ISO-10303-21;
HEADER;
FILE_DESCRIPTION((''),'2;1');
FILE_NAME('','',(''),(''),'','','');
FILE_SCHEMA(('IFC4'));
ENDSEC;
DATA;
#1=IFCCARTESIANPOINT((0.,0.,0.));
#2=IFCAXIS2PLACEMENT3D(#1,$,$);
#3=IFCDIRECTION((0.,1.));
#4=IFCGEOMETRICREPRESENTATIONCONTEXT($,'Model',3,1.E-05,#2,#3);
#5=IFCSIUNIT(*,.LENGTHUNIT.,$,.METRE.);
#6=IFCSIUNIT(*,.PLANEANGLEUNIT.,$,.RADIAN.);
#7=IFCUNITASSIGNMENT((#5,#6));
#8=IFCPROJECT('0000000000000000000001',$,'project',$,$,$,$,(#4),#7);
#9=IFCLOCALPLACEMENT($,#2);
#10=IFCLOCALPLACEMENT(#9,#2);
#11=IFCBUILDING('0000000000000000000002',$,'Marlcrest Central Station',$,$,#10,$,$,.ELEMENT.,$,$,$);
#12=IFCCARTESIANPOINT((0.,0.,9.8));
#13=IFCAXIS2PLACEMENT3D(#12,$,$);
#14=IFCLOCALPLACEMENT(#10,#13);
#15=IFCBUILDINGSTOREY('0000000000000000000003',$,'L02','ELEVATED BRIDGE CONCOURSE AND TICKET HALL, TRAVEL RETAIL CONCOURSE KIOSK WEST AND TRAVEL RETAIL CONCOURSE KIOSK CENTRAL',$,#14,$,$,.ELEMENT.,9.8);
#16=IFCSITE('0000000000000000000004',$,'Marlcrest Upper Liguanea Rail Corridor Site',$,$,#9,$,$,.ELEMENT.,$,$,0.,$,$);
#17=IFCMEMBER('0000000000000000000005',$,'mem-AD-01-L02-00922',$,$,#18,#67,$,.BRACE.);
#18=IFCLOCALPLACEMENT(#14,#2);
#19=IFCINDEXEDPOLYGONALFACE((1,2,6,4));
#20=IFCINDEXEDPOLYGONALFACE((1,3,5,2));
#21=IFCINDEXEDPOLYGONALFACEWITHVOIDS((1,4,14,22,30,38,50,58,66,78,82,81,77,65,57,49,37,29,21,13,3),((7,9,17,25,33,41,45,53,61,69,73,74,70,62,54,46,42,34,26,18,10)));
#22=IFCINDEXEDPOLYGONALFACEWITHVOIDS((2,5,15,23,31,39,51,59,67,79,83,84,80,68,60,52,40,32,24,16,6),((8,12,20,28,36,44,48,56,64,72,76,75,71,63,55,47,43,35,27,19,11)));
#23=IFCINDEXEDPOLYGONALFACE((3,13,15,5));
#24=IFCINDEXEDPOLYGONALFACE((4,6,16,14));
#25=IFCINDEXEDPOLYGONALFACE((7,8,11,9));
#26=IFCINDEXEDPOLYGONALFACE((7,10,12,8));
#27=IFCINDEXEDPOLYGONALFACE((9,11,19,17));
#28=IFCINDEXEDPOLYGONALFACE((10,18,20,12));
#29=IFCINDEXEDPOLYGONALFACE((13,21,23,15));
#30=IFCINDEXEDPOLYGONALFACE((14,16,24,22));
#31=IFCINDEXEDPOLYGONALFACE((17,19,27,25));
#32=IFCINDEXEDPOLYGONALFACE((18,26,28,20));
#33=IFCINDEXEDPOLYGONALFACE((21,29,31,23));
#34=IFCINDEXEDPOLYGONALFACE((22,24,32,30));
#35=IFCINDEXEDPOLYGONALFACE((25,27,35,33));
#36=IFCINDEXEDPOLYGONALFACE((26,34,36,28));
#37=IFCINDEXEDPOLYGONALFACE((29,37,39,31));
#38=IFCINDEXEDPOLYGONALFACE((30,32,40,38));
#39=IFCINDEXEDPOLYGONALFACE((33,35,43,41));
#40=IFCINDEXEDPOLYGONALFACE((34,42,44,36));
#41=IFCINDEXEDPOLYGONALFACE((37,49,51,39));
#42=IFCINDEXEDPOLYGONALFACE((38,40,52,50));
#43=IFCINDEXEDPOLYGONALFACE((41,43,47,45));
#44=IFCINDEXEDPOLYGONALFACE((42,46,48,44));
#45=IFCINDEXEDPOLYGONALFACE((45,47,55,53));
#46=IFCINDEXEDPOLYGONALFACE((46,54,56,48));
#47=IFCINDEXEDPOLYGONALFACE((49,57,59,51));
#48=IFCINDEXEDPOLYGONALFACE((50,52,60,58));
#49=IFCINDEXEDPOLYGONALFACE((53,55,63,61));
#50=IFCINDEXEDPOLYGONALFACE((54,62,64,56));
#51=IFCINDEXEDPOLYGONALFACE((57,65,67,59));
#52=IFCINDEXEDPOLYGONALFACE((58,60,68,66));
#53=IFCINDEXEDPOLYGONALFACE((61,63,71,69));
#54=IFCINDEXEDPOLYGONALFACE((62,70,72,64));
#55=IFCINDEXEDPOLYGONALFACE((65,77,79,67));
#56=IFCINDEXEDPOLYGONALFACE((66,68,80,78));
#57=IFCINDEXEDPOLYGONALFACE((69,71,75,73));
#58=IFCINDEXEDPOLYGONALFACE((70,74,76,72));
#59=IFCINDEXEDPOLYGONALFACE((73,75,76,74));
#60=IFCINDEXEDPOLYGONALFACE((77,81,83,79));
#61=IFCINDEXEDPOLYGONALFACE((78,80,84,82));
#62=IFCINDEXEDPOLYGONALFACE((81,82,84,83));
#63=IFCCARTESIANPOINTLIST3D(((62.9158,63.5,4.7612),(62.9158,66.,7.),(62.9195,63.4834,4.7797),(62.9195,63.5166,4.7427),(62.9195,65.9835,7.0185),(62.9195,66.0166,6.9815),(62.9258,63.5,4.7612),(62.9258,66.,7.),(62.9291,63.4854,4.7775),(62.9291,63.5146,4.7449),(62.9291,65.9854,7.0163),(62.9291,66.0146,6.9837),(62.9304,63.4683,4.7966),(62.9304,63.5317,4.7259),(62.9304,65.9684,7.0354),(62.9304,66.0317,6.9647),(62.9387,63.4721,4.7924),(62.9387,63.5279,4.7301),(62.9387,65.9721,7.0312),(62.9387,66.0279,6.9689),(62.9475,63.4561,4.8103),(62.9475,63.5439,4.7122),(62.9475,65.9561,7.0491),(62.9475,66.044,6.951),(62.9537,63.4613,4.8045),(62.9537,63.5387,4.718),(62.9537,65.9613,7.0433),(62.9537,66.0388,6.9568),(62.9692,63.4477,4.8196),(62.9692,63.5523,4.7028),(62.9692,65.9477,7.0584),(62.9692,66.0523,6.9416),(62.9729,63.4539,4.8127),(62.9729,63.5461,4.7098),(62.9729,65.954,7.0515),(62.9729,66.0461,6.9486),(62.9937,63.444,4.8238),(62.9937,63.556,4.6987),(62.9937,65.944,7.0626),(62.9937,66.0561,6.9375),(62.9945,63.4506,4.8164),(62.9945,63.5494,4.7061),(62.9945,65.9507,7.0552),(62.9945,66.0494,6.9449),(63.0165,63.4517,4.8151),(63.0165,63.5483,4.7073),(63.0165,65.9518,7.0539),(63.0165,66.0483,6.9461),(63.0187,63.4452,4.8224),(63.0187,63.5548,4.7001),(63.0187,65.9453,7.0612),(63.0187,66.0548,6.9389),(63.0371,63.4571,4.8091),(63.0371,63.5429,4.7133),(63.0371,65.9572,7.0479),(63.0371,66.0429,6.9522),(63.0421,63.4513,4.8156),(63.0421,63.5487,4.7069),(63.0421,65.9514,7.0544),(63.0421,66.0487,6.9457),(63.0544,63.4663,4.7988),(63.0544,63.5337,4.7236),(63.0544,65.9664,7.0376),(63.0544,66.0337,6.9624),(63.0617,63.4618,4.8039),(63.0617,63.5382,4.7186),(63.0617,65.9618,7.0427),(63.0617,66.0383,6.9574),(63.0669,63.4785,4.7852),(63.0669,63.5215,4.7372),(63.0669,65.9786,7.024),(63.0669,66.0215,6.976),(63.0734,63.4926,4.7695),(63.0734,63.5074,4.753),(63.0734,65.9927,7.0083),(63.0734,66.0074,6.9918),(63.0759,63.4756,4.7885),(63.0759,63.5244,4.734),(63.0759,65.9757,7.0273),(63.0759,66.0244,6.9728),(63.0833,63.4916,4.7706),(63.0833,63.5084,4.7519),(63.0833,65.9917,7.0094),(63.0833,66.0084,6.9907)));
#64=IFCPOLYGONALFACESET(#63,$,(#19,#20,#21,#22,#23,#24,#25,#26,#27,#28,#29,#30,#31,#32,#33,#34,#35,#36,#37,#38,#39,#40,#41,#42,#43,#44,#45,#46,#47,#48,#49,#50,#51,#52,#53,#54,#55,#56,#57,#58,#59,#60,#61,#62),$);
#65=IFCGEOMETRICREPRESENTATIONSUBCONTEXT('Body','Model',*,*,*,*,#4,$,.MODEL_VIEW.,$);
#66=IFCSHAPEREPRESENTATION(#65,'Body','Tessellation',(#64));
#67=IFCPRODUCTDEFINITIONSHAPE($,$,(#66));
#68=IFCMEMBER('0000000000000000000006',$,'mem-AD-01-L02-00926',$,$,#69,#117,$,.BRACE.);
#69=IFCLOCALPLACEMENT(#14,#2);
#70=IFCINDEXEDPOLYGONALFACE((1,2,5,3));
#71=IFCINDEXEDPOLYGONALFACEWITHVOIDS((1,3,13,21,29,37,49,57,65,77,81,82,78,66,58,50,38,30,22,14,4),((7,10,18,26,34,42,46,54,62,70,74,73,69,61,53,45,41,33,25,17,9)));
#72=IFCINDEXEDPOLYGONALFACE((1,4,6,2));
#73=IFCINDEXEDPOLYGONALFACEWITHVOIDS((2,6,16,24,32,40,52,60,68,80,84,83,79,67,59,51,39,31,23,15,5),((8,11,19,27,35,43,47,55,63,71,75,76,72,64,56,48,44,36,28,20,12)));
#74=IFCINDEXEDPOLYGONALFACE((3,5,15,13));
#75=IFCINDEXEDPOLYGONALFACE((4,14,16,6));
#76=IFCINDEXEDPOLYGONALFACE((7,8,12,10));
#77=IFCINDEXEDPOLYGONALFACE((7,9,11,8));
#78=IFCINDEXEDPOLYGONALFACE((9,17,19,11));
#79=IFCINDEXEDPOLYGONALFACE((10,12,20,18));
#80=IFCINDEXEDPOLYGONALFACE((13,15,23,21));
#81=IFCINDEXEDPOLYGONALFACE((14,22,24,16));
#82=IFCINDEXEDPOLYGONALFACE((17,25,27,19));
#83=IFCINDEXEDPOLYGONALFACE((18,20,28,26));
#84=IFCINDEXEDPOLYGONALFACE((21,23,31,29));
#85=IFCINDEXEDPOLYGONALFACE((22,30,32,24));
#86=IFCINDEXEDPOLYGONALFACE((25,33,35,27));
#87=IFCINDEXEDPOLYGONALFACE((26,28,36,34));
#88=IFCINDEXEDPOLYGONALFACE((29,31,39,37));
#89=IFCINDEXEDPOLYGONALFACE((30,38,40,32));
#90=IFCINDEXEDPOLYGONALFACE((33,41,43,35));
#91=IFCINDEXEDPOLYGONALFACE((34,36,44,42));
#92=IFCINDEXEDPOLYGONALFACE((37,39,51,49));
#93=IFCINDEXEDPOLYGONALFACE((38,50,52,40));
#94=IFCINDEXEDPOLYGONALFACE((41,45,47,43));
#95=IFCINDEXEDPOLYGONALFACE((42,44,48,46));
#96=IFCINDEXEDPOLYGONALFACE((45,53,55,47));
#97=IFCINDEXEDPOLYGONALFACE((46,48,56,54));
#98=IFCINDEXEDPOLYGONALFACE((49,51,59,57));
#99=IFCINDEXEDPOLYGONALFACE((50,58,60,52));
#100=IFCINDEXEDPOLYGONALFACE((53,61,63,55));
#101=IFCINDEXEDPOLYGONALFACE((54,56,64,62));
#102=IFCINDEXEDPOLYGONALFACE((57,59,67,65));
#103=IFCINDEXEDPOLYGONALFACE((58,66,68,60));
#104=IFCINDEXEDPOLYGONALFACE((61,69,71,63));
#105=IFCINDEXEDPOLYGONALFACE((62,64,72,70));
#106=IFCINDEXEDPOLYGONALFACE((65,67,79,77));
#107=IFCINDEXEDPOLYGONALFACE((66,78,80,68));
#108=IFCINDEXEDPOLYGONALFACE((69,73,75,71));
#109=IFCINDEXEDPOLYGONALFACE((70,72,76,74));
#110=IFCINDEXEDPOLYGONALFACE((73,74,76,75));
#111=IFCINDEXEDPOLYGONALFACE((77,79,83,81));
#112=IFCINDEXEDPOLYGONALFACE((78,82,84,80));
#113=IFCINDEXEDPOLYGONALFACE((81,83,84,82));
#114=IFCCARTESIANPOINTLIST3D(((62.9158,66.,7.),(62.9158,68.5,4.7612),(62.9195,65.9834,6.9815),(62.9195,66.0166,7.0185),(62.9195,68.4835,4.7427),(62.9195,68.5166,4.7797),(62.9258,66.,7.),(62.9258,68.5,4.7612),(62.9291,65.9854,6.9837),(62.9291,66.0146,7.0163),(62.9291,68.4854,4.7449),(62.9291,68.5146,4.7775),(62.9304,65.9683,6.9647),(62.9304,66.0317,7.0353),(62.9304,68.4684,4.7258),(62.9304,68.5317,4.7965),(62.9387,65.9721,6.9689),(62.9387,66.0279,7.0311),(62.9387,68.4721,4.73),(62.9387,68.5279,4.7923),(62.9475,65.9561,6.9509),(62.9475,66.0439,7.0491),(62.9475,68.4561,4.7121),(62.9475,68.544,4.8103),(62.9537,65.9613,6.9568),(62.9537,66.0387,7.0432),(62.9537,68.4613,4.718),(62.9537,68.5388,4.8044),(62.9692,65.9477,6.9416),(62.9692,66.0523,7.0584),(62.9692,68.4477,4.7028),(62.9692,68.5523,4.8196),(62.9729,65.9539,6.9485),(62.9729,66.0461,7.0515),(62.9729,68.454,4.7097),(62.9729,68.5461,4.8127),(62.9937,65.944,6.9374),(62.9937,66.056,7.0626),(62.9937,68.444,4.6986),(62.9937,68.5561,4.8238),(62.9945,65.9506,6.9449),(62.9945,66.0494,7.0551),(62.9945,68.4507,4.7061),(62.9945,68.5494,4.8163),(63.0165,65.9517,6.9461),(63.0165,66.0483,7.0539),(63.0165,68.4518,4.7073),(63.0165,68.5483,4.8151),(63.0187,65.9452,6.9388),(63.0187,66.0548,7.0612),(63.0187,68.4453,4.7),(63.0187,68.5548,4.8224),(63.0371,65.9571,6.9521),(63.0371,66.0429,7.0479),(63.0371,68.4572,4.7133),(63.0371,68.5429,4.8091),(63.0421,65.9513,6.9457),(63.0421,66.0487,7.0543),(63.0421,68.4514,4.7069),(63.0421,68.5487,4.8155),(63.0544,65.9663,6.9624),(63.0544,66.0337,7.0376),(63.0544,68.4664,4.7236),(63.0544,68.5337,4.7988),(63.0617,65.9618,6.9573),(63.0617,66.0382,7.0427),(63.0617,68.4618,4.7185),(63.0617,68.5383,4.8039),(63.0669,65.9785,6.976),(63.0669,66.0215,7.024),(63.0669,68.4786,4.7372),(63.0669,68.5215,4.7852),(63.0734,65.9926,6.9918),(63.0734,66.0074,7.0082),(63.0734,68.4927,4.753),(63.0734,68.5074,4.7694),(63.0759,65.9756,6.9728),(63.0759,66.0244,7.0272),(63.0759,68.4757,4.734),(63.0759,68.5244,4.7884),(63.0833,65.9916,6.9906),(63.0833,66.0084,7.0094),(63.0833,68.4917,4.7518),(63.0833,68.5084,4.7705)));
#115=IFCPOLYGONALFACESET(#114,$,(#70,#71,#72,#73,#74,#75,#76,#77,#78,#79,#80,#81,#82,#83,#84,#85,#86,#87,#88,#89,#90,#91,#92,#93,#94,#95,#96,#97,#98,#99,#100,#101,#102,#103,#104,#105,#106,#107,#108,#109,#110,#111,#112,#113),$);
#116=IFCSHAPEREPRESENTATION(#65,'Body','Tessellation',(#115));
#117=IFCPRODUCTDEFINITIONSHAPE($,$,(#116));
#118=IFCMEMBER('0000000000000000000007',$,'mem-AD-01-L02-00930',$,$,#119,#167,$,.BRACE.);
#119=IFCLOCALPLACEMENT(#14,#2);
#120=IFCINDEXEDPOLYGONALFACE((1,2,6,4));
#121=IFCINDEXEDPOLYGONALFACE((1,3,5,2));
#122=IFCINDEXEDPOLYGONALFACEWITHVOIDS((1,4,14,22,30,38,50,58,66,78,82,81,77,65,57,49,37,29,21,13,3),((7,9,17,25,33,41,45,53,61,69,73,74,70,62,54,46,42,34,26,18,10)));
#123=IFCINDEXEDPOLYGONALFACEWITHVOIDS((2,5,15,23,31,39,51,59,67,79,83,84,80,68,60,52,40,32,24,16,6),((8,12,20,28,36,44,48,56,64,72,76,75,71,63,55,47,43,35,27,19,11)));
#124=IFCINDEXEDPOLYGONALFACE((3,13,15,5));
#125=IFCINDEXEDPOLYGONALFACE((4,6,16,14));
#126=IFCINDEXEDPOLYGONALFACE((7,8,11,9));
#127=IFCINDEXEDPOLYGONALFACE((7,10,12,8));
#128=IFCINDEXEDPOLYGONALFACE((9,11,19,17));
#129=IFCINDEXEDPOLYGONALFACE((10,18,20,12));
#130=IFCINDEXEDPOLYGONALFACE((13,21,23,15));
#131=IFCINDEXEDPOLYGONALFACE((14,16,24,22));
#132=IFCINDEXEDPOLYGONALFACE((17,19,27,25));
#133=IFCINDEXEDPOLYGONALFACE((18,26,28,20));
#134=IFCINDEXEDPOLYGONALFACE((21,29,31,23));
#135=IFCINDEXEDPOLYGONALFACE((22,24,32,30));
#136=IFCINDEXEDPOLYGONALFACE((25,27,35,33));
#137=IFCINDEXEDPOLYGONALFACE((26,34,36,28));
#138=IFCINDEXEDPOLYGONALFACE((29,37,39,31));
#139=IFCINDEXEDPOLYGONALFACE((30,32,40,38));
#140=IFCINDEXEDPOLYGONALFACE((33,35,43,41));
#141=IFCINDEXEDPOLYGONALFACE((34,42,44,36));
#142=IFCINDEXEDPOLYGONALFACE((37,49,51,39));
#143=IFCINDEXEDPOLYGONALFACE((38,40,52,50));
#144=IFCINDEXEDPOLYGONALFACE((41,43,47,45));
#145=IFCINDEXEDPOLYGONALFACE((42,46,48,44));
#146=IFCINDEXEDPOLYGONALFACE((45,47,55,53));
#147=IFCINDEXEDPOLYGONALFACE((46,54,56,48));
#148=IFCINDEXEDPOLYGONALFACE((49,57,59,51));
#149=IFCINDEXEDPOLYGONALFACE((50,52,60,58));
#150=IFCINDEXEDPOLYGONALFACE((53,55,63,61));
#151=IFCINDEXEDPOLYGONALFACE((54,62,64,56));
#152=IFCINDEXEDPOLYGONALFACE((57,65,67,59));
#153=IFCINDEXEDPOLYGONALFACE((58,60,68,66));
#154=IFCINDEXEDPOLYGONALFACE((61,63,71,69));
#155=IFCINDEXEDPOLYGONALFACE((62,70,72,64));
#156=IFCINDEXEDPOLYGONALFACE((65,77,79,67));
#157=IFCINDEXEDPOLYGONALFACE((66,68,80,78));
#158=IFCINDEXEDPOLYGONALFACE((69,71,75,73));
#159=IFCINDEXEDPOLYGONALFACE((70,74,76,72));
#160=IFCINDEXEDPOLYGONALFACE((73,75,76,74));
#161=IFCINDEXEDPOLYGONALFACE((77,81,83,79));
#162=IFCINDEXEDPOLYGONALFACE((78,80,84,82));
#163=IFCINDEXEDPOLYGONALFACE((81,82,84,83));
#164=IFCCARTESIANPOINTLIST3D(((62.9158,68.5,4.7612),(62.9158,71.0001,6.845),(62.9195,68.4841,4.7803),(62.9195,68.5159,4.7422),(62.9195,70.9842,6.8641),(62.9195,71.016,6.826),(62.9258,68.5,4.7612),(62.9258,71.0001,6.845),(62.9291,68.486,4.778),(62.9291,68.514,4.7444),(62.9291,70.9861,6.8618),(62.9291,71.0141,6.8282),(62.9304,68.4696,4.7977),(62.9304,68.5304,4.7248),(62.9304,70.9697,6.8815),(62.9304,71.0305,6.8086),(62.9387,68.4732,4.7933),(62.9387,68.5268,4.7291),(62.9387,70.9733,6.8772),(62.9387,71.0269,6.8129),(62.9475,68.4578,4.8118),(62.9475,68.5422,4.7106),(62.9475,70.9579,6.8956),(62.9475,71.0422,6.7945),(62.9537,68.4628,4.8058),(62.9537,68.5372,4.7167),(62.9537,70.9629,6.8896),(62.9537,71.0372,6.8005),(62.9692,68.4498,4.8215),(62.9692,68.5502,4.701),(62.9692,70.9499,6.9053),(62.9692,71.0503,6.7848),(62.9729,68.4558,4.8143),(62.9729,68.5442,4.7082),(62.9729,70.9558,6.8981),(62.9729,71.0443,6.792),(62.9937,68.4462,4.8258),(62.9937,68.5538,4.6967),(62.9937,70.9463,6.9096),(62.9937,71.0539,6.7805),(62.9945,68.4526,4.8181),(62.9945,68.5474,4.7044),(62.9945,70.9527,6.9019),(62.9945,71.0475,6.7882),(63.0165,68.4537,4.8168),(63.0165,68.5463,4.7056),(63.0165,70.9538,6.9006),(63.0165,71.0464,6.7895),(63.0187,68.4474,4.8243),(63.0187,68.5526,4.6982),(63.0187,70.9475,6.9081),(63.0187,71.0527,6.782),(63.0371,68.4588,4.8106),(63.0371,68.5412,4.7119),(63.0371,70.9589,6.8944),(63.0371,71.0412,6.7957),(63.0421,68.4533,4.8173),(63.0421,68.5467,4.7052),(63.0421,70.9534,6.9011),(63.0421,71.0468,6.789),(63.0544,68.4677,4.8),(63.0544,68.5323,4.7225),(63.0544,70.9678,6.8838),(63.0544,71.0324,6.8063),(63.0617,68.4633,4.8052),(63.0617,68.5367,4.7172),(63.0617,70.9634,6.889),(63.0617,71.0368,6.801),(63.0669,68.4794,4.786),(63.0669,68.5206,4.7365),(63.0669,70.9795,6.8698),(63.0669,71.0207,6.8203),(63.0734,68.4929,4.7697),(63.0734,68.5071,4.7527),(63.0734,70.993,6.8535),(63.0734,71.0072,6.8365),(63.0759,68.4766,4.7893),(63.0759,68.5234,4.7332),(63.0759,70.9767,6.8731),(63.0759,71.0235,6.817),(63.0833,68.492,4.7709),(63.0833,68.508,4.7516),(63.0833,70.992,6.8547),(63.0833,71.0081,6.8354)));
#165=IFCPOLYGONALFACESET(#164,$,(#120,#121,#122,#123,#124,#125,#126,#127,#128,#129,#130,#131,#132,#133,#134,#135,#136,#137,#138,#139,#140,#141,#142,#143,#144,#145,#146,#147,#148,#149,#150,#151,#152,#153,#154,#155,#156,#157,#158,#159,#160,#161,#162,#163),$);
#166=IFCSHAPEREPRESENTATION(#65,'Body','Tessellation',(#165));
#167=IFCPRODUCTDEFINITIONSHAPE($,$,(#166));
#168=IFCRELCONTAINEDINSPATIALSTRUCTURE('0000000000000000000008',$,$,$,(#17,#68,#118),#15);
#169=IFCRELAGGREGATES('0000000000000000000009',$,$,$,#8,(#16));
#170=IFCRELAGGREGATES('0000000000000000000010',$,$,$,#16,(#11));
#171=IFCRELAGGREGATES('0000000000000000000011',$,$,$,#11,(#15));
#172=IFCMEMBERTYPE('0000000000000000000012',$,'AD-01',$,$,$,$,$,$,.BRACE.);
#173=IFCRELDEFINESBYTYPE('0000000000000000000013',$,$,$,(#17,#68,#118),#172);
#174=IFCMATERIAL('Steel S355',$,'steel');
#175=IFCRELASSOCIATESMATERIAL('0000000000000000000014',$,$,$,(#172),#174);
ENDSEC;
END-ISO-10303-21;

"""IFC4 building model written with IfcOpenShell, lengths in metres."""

from ifc_helpers import new_model, si_unit, direction, frame, origin, origin_2d, place, context, subcontext, project, spatial, hollow_circle, extrude, material, material_profile, profile_set, type_object, element, save


model = new_model("IFC4")

# Units and contexts
model_context = context("Model", 3, precision=1e-05, world=origin(), true_north=direction((0.0, 1.0)))
body_context = subcontext(model_context, "Body", "Model", "MODEL_VIEW")
ifc_project = project(units=[si_unit("LENGTHUNIT", "METRE"), si_unit("PLANEANGLEUNIT", "RADIAN")], contexts=[model_context])

# Site, building, storey
site_placement = place(None, origin())
site = spatial("IfcSite", under=ifc_project, at=site_placement, Name="Marlcrest Upper Liguanea Rail Corridor Site", CompositionType="ELEMENT", RefElevation=0.0)
building_placement = place(site_placement, origin())
building = spatial("IfcBuilding", under=site, at=building_placement, Name="Marlcrest Central Station", CompositionType="ELEMENT")
storey_placement = place(building_placement, frame((0.0, 0.0, 9.8)))
storey = spatial("IfcBuildingStorey", under=building, at=storey_placement, Name="L02", Description="ELEVATED BRIDGE CONCOURSE AND TICKET HALL, TRAVEL RETAIL CONCOURSE KIOSK WEST AND TRAVEL RETAIL CONCOURSE KIOSK CENTRAL", CompositionType="ELEMENT", Elevation=9.8)

# Members
ifc_material = material(Name="Steel S355", Category="steel")
ifc_material_profile_1 = material_profile(ifc_material, hollow_circle(Radius=0.0842, WallThickness=0.01, at=origin_2d()), Name="CHS 168.3x10")
ifc_profile_set_1 = profile_set([ifc_material_profile_1], Name="Steel S355")
member_type_1 = type_object("IfcMemberType", Name="AD-01", PredefinedType="BRACE", material=ifc_profile_set_1)
for number, where, z_axis, x_axis, name in (
    (1, (63.0, 63.5, 4.7612), (0.0, 0.744956, 0.667114), (-1.0, 0.0, 0.0), "mem-AD-01-L02-00922"),
    (2, (63.0, 66.0, 7.0), (0.0, 0.744956, -0.667114), (-1.0, 0.0, 0.0), "mem-AD-01-L02-00926"),
):
    element("IfcMember", number, at=place(storey_placement, frame(where, z_axis=z_axis, x_axis=x_axis)), inside=storey, type_object=member_type_1, Name=name, PredefinedType="BRACE", context=body_context, shape_type="SweptSolid", body=[
        extrude(hollow_circle(Radius=0.0842, WallThickness=0.01, at=origin_2d()), origin(), (0.0, 0.0, 1.0), 3.356),
    ])
member_1_placement = place(storey_placement, frame((63.0, 68.5, 4.7612), z_axis=(0.0, 0.76816, 0.640258), x_axis=(-1.0, 0.0, 0.0)))
element("IfcMember", 3, at=member_1_placement, inside=storey, type_object=member_type_1, Name="mem-AD-01-L02-00930", PredefinedType="BRACE", context=body_context, shape_type="SweptSolid", body=[
    extrude(hollow_circle(Radius=0.0842, WallThickness=0.01, at=origin_2d()), origin(), (0.0, 0.0, 1.0), 3.2546),
])

save(model, "model.ifc")
